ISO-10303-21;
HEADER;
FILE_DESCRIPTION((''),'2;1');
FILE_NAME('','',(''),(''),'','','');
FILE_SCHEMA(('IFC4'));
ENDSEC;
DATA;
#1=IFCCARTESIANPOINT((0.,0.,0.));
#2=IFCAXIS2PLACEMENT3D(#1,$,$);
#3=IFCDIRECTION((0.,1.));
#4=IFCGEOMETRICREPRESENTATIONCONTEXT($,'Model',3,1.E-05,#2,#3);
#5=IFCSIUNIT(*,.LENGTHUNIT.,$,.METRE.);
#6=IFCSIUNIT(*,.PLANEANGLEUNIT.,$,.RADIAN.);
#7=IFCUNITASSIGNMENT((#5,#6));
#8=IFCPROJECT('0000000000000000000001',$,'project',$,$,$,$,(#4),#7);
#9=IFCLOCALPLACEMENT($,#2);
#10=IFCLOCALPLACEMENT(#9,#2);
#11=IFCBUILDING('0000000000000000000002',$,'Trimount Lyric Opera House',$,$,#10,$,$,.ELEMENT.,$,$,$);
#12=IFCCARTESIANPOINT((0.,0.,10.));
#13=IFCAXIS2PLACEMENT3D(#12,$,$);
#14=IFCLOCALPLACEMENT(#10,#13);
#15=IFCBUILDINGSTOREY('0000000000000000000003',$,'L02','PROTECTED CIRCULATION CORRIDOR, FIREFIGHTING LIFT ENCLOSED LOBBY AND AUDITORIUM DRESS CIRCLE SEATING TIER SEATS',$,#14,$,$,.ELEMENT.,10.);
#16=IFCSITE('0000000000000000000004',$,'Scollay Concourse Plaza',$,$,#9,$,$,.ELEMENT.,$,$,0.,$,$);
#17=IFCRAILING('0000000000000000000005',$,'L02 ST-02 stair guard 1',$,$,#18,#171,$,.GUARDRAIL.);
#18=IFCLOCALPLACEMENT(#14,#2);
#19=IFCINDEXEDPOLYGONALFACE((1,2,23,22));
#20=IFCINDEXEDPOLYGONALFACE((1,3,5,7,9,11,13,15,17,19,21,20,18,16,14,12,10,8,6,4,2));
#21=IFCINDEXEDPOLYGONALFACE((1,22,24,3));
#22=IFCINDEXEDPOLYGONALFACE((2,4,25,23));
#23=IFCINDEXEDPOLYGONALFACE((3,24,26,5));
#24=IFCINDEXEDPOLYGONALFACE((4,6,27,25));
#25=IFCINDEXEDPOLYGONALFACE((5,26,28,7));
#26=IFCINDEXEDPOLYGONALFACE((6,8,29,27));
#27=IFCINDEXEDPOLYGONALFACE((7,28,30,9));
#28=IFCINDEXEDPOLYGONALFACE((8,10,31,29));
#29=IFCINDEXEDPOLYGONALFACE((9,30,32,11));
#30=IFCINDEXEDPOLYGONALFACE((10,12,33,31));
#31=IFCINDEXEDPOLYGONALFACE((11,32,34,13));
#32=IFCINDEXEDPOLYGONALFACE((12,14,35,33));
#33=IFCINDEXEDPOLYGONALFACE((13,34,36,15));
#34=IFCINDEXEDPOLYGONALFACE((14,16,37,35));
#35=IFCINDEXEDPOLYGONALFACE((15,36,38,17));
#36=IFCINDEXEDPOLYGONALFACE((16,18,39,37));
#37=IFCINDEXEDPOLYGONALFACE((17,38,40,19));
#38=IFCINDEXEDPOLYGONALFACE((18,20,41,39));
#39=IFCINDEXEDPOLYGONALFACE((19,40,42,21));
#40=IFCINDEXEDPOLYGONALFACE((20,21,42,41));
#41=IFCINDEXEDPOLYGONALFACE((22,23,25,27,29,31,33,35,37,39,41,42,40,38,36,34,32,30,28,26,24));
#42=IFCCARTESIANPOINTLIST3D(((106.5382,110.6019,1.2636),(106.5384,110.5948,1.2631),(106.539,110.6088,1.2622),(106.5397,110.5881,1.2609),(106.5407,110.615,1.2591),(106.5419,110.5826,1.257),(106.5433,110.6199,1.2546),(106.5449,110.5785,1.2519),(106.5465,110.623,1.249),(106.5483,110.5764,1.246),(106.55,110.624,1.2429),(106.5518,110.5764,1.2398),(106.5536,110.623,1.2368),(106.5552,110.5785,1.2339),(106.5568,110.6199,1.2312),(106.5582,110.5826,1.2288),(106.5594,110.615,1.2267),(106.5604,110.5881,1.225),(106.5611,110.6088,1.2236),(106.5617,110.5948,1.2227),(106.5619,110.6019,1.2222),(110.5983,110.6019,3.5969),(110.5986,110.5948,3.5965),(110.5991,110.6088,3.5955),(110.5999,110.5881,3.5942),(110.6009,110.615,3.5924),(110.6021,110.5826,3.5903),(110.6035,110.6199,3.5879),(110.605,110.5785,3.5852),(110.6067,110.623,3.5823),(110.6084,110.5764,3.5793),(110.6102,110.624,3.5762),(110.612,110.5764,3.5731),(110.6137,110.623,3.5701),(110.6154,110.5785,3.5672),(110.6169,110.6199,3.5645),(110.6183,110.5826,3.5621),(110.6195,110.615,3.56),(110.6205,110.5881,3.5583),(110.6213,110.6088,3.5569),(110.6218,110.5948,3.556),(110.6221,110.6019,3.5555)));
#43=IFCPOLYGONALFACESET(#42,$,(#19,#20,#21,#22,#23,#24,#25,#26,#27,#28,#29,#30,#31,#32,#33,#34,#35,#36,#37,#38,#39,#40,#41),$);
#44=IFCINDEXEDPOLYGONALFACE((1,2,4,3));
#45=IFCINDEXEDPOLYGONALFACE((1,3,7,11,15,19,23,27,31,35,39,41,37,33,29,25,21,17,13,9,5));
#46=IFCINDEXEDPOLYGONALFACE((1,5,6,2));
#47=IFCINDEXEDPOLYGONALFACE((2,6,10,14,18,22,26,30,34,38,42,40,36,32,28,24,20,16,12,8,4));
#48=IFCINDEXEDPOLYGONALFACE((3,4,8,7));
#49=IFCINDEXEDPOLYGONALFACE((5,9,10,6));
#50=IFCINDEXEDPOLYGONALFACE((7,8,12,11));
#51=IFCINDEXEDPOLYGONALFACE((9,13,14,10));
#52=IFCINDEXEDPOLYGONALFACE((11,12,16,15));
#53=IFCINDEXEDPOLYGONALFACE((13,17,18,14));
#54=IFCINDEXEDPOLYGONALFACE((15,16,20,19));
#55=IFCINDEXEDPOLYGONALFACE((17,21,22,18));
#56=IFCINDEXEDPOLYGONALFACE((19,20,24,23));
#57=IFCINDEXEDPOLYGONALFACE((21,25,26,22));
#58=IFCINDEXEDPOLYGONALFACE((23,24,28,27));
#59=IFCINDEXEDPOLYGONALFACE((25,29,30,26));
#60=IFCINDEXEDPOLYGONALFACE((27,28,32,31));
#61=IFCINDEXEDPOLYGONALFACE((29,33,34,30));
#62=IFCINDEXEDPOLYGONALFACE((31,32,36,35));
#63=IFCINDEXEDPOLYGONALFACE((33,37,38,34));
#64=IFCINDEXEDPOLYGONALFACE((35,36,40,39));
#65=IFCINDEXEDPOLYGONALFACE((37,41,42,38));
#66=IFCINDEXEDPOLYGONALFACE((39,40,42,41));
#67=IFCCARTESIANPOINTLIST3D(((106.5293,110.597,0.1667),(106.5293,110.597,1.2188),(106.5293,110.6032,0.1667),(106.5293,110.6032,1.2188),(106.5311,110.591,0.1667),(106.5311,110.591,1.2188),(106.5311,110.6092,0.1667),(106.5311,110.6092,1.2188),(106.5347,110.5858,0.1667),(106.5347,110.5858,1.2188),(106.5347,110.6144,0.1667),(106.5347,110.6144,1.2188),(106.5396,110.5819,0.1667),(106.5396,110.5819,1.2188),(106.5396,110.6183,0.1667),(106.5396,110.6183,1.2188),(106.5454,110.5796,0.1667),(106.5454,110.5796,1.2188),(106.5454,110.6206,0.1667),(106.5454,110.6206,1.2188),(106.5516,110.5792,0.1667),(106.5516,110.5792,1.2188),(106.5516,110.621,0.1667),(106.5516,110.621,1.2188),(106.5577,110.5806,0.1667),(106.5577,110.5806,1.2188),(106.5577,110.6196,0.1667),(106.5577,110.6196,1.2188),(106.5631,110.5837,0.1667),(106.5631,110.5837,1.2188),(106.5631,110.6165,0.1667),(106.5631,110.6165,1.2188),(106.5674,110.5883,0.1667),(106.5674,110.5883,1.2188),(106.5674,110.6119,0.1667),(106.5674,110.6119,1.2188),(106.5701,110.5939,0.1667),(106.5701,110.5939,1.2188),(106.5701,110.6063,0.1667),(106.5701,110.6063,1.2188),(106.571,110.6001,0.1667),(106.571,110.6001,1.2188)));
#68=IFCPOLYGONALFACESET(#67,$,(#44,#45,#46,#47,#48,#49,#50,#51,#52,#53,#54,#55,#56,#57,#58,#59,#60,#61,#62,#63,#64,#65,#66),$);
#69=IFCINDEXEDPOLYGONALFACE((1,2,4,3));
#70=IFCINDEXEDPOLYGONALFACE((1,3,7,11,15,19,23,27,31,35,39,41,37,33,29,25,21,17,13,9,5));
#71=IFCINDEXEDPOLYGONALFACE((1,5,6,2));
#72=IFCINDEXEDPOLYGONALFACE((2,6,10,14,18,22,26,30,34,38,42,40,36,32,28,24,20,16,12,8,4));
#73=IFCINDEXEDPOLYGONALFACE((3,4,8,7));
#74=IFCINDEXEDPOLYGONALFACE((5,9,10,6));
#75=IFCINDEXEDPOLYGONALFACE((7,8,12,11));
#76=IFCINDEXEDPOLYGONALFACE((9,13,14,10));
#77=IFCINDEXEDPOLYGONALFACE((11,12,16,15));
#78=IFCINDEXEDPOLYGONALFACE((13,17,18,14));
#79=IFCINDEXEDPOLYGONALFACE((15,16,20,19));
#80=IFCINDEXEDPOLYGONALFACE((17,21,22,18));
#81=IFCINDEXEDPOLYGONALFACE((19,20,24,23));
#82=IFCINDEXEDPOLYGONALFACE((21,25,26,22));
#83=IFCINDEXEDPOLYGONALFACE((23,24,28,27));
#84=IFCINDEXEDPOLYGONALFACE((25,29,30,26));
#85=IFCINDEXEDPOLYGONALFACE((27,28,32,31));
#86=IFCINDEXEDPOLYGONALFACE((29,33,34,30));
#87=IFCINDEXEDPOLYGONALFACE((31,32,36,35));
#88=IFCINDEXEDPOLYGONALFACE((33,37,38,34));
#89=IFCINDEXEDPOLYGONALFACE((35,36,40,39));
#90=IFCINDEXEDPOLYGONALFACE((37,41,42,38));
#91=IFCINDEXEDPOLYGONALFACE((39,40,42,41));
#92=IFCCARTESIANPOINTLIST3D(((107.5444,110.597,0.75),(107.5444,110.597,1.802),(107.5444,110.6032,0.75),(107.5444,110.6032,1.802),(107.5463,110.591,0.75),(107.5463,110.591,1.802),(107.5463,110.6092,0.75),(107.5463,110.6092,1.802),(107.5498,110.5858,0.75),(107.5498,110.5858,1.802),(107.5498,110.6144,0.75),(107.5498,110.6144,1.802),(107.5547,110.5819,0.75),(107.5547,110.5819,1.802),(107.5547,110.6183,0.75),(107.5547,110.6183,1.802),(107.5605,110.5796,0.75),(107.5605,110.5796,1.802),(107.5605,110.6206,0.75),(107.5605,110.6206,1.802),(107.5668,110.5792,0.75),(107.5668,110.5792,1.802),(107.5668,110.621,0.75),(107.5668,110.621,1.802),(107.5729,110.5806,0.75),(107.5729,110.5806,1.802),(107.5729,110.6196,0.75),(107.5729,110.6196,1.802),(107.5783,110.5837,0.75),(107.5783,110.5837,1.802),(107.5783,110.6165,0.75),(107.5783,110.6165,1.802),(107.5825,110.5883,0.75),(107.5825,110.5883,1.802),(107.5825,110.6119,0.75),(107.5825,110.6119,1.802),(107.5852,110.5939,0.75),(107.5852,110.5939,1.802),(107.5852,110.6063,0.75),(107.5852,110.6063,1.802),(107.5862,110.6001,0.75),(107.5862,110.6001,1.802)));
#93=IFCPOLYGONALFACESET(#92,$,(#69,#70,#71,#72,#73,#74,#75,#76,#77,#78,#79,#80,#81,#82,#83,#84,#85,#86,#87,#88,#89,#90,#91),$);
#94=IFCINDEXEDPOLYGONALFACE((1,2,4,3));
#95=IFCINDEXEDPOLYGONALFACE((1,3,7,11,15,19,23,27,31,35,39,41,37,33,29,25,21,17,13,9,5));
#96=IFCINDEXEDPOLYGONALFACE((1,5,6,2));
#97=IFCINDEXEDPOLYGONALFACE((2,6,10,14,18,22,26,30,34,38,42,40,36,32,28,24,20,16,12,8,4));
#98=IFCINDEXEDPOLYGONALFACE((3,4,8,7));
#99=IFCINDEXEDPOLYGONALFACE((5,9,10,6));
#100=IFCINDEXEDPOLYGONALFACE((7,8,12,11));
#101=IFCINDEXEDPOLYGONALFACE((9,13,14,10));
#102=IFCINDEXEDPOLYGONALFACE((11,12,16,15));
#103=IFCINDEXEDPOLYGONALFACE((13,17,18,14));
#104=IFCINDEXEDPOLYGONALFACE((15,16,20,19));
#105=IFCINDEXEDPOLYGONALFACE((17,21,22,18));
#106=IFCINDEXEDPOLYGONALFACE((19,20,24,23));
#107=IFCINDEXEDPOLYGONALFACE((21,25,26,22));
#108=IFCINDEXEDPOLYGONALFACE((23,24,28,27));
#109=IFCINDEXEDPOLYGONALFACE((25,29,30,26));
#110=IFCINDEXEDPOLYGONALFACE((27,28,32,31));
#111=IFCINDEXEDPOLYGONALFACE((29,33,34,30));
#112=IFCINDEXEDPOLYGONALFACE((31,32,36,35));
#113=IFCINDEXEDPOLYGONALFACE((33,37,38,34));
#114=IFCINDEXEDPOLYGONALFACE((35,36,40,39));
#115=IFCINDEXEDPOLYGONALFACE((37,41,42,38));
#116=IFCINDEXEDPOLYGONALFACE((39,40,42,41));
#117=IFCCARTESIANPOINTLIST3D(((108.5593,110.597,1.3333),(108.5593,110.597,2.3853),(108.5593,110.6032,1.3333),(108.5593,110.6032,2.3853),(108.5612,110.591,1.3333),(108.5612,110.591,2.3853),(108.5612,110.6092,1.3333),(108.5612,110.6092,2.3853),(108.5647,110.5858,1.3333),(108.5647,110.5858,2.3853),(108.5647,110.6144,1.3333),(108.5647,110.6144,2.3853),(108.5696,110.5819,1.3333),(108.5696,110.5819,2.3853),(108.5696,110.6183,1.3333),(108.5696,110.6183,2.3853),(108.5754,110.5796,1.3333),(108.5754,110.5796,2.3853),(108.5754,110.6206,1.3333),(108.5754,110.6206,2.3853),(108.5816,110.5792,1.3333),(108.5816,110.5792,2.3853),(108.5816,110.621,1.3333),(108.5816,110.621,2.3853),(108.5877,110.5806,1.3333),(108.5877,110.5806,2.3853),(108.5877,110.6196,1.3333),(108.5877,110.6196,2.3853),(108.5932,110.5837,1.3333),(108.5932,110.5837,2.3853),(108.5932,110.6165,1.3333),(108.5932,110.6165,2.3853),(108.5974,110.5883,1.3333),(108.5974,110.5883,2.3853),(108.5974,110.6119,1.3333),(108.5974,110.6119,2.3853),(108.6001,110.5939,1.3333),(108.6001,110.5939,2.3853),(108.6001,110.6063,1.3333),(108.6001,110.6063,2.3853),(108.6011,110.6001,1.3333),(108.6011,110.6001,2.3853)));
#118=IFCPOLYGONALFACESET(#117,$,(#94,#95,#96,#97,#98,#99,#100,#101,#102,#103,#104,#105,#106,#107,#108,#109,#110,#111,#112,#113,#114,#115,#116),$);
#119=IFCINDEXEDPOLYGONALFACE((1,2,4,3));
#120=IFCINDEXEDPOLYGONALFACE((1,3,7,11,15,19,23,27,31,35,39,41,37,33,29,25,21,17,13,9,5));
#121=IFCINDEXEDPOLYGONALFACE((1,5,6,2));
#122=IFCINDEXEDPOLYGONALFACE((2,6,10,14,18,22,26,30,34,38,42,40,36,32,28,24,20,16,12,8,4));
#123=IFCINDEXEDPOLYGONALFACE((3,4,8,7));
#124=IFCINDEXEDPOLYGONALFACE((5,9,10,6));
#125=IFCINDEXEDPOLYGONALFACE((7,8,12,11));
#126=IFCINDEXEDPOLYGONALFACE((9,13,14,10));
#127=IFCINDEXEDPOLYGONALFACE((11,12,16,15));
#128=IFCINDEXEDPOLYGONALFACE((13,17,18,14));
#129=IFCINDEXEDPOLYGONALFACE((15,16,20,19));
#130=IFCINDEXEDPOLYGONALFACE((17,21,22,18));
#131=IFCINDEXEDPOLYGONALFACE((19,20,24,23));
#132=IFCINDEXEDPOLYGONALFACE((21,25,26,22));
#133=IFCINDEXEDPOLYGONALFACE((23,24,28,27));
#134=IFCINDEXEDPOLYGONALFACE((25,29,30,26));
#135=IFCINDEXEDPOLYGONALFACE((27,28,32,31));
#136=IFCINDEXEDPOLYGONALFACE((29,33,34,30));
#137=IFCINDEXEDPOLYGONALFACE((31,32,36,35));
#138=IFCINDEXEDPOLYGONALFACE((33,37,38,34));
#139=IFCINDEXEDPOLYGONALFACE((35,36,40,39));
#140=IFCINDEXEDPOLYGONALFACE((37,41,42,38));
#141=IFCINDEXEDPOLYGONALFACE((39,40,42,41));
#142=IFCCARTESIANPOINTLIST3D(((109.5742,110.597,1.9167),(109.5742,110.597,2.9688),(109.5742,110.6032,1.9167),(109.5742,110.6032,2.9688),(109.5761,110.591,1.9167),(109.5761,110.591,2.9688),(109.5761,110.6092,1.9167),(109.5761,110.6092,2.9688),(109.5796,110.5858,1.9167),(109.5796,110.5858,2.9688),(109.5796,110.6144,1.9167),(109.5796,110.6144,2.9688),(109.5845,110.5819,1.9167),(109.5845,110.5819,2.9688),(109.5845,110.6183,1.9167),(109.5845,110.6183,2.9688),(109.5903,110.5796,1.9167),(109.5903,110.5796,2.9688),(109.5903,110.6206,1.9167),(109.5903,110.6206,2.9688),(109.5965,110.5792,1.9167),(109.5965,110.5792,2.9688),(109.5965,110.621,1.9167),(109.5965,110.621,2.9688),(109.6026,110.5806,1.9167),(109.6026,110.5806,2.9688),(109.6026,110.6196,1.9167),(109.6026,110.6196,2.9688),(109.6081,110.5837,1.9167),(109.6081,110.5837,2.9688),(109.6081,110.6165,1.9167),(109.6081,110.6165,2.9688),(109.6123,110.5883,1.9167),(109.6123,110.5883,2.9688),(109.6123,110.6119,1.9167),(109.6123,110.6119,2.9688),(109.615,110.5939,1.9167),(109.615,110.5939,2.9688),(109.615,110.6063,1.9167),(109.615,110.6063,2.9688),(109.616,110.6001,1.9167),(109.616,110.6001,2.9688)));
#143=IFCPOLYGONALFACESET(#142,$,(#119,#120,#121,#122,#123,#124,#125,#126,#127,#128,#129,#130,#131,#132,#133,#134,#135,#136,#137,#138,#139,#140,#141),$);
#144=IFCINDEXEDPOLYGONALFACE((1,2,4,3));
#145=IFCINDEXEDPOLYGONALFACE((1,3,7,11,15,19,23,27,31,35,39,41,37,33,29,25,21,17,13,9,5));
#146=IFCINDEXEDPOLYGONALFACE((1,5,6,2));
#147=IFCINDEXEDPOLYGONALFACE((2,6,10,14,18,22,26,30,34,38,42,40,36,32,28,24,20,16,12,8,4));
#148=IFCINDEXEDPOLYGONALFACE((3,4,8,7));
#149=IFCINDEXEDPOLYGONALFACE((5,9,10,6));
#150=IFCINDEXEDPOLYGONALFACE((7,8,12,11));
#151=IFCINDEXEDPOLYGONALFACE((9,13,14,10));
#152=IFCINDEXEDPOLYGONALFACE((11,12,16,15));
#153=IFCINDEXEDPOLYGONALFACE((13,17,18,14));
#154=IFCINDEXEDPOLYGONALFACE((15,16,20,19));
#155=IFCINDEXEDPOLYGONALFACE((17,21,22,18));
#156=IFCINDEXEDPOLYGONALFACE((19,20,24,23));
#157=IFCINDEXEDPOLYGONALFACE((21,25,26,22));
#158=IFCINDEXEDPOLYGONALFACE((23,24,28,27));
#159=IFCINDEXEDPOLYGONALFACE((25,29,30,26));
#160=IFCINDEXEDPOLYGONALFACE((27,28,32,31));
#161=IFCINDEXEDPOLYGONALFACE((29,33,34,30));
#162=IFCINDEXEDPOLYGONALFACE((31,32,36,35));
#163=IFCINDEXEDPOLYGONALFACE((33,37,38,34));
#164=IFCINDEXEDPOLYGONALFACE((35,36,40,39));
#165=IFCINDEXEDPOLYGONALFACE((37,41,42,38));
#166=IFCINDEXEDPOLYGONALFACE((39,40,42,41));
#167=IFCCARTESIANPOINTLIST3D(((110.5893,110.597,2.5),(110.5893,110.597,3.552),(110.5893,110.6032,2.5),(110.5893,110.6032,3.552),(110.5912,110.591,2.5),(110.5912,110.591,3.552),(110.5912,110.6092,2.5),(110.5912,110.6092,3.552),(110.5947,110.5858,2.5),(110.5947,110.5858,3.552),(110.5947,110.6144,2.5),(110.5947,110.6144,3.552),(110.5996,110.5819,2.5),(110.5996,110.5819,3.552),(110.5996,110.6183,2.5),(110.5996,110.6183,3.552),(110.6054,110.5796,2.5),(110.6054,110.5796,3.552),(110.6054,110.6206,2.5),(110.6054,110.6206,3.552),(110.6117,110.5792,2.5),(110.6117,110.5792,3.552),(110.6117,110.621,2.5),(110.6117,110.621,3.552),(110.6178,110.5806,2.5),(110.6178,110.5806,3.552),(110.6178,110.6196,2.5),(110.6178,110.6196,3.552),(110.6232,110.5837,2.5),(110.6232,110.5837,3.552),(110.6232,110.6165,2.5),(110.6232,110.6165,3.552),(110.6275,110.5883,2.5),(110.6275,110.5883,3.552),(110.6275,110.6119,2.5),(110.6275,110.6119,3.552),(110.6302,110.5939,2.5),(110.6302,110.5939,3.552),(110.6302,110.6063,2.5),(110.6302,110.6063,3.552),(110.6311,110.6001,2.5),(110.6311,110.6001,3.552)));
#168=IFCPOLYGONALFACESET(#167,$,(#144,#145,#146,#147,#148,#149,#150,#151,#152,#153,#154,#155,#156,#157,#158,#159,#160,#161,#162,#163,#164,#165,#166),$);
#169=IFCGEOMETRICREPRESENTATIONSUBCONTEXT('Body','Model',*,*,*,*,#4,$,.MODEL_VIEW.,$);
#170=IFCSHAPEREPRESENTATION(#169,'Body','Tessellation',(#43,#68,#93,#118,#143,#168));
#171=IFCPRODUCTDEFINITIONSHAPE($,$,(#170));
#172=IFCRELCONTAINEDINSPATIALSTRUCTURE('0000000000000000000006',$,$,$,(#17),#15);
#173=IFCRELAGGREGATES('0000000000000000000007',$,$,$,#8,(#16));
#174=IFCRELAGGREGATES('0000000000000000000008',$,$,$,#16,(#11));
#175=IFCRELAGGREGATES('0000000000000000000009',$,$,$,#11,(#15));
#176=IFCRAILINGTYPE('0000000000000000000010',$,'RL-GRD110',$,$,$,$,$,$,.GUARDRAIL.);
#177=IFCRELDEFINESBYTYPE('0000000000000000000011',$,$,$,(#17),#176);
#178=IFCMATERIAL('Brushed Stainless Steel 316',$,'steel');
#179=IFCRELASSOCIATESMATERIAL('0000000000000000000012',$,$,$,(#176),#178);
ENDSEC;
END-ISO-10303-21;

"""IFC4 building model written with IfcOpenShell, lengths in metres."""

from ifc_helpers import new_model, si_unit, direction, frame, origin, origin_2d, place, context, subcontext, project, spatial, circle, extrude, material, type_object, element, save


model = new_model("IFC4")

# Units and contexts
model_context = context("Model", 3, precision=1e-05, world=origin(), true_north=direction((0.0, 1.0)))
body_context = subcontext(model_context, "Body", "Model", "MODEL_VIEW")
ifc_project = project(units=[si_unit("LENGTHUNIT", "METRE"), si_unit("PLANEANGLEUNIT", "RADIAN")], contexts=[model_context])

# Site, building, storey
site_placement = place(None, origin())
site = spatial("IfcSite", under=ifc_project, at=site_placement, Name="Scollay Concourse Plaza", CompositionType="ELEMENT", RefElevation=0.0)
building_placement = place(site_placement, origin())
building = spatial("IfcBuilding", under=site, at=building_placement, Name="Trimount Lyric Opera House", CompositionType="ELEMENT")
storey_placement = place(building_placement, frame((0.0, 0.0, 10.0)))
storey = spatial("IfcBuildingStorey", under=building, at=storey_placement, Name="L02", Description="PROTECTED CIRCULATION CORRIDOR, FIREFIGHTING LIFT ENCLOSED LOBBY AND AUDITORIUM DRESS CIRCLE SEATING TIER SEATS", CompositionType="ELEMENT", Elevation=10.0)

# Railing
ifc_material_1 = material(Name="Brushed Stainless Steel 316", Category="steel")
railing_type_1 = type_object("IfcRailingType", Name="RL-GRD110", PredefinedType="GUARDRAIL", material=ifc_material_1)
railing_1_placement = place(storey_placement, frame((106.55, 110.6001, 0.1667)))
element("IfcRailing", 1, at=railing_1_placement, inside=storey, type_object=railing_type_1, Name="L02 ST-02 stair guard 1", PredefinedType="GUARDRAIL", context=body_context, shape_type="SweptSolid", body=[
    extrude(circle(Radius=0.0239, at=origin_2d()), frame((0.0, 0.0, 1.0762), z_axis=(0.867025, 0.0, 0.498265), x_axis=(0.0, 1.0, 0.0)), (0.0, 0.0, 1.0), 4.6829),
    extrude(circle(Radius=0.021, at=origin_2d()), origin(), (0.0, 0.0, 1.0), 1.052),
    extrude(circle(Radius=0.021, at=origin_2d()), frame((1.0151, 0.0, 0.5833)), (0.0, 0.0, 1.0), 1.052),
    extrude(circle(Radius=0.021, at=origin_2d()), frame((2.03, 0.0, 1.1665)), (0.0, 0.0, 1.0), 1.052),
    extrude(circle(Radius=0.021, at=origin_2d()), frame((3.0449, 0.0, 1.75)), (0.0, 0.0, 1.0), 1.052),
    extrude(circle(Radius=0.021, at=origin_2d()), frame((4.0601, 0.0, 2.3333)), (0.0, 0.0, 1.0), 1.052),
])

save(model, "model.ifc")
